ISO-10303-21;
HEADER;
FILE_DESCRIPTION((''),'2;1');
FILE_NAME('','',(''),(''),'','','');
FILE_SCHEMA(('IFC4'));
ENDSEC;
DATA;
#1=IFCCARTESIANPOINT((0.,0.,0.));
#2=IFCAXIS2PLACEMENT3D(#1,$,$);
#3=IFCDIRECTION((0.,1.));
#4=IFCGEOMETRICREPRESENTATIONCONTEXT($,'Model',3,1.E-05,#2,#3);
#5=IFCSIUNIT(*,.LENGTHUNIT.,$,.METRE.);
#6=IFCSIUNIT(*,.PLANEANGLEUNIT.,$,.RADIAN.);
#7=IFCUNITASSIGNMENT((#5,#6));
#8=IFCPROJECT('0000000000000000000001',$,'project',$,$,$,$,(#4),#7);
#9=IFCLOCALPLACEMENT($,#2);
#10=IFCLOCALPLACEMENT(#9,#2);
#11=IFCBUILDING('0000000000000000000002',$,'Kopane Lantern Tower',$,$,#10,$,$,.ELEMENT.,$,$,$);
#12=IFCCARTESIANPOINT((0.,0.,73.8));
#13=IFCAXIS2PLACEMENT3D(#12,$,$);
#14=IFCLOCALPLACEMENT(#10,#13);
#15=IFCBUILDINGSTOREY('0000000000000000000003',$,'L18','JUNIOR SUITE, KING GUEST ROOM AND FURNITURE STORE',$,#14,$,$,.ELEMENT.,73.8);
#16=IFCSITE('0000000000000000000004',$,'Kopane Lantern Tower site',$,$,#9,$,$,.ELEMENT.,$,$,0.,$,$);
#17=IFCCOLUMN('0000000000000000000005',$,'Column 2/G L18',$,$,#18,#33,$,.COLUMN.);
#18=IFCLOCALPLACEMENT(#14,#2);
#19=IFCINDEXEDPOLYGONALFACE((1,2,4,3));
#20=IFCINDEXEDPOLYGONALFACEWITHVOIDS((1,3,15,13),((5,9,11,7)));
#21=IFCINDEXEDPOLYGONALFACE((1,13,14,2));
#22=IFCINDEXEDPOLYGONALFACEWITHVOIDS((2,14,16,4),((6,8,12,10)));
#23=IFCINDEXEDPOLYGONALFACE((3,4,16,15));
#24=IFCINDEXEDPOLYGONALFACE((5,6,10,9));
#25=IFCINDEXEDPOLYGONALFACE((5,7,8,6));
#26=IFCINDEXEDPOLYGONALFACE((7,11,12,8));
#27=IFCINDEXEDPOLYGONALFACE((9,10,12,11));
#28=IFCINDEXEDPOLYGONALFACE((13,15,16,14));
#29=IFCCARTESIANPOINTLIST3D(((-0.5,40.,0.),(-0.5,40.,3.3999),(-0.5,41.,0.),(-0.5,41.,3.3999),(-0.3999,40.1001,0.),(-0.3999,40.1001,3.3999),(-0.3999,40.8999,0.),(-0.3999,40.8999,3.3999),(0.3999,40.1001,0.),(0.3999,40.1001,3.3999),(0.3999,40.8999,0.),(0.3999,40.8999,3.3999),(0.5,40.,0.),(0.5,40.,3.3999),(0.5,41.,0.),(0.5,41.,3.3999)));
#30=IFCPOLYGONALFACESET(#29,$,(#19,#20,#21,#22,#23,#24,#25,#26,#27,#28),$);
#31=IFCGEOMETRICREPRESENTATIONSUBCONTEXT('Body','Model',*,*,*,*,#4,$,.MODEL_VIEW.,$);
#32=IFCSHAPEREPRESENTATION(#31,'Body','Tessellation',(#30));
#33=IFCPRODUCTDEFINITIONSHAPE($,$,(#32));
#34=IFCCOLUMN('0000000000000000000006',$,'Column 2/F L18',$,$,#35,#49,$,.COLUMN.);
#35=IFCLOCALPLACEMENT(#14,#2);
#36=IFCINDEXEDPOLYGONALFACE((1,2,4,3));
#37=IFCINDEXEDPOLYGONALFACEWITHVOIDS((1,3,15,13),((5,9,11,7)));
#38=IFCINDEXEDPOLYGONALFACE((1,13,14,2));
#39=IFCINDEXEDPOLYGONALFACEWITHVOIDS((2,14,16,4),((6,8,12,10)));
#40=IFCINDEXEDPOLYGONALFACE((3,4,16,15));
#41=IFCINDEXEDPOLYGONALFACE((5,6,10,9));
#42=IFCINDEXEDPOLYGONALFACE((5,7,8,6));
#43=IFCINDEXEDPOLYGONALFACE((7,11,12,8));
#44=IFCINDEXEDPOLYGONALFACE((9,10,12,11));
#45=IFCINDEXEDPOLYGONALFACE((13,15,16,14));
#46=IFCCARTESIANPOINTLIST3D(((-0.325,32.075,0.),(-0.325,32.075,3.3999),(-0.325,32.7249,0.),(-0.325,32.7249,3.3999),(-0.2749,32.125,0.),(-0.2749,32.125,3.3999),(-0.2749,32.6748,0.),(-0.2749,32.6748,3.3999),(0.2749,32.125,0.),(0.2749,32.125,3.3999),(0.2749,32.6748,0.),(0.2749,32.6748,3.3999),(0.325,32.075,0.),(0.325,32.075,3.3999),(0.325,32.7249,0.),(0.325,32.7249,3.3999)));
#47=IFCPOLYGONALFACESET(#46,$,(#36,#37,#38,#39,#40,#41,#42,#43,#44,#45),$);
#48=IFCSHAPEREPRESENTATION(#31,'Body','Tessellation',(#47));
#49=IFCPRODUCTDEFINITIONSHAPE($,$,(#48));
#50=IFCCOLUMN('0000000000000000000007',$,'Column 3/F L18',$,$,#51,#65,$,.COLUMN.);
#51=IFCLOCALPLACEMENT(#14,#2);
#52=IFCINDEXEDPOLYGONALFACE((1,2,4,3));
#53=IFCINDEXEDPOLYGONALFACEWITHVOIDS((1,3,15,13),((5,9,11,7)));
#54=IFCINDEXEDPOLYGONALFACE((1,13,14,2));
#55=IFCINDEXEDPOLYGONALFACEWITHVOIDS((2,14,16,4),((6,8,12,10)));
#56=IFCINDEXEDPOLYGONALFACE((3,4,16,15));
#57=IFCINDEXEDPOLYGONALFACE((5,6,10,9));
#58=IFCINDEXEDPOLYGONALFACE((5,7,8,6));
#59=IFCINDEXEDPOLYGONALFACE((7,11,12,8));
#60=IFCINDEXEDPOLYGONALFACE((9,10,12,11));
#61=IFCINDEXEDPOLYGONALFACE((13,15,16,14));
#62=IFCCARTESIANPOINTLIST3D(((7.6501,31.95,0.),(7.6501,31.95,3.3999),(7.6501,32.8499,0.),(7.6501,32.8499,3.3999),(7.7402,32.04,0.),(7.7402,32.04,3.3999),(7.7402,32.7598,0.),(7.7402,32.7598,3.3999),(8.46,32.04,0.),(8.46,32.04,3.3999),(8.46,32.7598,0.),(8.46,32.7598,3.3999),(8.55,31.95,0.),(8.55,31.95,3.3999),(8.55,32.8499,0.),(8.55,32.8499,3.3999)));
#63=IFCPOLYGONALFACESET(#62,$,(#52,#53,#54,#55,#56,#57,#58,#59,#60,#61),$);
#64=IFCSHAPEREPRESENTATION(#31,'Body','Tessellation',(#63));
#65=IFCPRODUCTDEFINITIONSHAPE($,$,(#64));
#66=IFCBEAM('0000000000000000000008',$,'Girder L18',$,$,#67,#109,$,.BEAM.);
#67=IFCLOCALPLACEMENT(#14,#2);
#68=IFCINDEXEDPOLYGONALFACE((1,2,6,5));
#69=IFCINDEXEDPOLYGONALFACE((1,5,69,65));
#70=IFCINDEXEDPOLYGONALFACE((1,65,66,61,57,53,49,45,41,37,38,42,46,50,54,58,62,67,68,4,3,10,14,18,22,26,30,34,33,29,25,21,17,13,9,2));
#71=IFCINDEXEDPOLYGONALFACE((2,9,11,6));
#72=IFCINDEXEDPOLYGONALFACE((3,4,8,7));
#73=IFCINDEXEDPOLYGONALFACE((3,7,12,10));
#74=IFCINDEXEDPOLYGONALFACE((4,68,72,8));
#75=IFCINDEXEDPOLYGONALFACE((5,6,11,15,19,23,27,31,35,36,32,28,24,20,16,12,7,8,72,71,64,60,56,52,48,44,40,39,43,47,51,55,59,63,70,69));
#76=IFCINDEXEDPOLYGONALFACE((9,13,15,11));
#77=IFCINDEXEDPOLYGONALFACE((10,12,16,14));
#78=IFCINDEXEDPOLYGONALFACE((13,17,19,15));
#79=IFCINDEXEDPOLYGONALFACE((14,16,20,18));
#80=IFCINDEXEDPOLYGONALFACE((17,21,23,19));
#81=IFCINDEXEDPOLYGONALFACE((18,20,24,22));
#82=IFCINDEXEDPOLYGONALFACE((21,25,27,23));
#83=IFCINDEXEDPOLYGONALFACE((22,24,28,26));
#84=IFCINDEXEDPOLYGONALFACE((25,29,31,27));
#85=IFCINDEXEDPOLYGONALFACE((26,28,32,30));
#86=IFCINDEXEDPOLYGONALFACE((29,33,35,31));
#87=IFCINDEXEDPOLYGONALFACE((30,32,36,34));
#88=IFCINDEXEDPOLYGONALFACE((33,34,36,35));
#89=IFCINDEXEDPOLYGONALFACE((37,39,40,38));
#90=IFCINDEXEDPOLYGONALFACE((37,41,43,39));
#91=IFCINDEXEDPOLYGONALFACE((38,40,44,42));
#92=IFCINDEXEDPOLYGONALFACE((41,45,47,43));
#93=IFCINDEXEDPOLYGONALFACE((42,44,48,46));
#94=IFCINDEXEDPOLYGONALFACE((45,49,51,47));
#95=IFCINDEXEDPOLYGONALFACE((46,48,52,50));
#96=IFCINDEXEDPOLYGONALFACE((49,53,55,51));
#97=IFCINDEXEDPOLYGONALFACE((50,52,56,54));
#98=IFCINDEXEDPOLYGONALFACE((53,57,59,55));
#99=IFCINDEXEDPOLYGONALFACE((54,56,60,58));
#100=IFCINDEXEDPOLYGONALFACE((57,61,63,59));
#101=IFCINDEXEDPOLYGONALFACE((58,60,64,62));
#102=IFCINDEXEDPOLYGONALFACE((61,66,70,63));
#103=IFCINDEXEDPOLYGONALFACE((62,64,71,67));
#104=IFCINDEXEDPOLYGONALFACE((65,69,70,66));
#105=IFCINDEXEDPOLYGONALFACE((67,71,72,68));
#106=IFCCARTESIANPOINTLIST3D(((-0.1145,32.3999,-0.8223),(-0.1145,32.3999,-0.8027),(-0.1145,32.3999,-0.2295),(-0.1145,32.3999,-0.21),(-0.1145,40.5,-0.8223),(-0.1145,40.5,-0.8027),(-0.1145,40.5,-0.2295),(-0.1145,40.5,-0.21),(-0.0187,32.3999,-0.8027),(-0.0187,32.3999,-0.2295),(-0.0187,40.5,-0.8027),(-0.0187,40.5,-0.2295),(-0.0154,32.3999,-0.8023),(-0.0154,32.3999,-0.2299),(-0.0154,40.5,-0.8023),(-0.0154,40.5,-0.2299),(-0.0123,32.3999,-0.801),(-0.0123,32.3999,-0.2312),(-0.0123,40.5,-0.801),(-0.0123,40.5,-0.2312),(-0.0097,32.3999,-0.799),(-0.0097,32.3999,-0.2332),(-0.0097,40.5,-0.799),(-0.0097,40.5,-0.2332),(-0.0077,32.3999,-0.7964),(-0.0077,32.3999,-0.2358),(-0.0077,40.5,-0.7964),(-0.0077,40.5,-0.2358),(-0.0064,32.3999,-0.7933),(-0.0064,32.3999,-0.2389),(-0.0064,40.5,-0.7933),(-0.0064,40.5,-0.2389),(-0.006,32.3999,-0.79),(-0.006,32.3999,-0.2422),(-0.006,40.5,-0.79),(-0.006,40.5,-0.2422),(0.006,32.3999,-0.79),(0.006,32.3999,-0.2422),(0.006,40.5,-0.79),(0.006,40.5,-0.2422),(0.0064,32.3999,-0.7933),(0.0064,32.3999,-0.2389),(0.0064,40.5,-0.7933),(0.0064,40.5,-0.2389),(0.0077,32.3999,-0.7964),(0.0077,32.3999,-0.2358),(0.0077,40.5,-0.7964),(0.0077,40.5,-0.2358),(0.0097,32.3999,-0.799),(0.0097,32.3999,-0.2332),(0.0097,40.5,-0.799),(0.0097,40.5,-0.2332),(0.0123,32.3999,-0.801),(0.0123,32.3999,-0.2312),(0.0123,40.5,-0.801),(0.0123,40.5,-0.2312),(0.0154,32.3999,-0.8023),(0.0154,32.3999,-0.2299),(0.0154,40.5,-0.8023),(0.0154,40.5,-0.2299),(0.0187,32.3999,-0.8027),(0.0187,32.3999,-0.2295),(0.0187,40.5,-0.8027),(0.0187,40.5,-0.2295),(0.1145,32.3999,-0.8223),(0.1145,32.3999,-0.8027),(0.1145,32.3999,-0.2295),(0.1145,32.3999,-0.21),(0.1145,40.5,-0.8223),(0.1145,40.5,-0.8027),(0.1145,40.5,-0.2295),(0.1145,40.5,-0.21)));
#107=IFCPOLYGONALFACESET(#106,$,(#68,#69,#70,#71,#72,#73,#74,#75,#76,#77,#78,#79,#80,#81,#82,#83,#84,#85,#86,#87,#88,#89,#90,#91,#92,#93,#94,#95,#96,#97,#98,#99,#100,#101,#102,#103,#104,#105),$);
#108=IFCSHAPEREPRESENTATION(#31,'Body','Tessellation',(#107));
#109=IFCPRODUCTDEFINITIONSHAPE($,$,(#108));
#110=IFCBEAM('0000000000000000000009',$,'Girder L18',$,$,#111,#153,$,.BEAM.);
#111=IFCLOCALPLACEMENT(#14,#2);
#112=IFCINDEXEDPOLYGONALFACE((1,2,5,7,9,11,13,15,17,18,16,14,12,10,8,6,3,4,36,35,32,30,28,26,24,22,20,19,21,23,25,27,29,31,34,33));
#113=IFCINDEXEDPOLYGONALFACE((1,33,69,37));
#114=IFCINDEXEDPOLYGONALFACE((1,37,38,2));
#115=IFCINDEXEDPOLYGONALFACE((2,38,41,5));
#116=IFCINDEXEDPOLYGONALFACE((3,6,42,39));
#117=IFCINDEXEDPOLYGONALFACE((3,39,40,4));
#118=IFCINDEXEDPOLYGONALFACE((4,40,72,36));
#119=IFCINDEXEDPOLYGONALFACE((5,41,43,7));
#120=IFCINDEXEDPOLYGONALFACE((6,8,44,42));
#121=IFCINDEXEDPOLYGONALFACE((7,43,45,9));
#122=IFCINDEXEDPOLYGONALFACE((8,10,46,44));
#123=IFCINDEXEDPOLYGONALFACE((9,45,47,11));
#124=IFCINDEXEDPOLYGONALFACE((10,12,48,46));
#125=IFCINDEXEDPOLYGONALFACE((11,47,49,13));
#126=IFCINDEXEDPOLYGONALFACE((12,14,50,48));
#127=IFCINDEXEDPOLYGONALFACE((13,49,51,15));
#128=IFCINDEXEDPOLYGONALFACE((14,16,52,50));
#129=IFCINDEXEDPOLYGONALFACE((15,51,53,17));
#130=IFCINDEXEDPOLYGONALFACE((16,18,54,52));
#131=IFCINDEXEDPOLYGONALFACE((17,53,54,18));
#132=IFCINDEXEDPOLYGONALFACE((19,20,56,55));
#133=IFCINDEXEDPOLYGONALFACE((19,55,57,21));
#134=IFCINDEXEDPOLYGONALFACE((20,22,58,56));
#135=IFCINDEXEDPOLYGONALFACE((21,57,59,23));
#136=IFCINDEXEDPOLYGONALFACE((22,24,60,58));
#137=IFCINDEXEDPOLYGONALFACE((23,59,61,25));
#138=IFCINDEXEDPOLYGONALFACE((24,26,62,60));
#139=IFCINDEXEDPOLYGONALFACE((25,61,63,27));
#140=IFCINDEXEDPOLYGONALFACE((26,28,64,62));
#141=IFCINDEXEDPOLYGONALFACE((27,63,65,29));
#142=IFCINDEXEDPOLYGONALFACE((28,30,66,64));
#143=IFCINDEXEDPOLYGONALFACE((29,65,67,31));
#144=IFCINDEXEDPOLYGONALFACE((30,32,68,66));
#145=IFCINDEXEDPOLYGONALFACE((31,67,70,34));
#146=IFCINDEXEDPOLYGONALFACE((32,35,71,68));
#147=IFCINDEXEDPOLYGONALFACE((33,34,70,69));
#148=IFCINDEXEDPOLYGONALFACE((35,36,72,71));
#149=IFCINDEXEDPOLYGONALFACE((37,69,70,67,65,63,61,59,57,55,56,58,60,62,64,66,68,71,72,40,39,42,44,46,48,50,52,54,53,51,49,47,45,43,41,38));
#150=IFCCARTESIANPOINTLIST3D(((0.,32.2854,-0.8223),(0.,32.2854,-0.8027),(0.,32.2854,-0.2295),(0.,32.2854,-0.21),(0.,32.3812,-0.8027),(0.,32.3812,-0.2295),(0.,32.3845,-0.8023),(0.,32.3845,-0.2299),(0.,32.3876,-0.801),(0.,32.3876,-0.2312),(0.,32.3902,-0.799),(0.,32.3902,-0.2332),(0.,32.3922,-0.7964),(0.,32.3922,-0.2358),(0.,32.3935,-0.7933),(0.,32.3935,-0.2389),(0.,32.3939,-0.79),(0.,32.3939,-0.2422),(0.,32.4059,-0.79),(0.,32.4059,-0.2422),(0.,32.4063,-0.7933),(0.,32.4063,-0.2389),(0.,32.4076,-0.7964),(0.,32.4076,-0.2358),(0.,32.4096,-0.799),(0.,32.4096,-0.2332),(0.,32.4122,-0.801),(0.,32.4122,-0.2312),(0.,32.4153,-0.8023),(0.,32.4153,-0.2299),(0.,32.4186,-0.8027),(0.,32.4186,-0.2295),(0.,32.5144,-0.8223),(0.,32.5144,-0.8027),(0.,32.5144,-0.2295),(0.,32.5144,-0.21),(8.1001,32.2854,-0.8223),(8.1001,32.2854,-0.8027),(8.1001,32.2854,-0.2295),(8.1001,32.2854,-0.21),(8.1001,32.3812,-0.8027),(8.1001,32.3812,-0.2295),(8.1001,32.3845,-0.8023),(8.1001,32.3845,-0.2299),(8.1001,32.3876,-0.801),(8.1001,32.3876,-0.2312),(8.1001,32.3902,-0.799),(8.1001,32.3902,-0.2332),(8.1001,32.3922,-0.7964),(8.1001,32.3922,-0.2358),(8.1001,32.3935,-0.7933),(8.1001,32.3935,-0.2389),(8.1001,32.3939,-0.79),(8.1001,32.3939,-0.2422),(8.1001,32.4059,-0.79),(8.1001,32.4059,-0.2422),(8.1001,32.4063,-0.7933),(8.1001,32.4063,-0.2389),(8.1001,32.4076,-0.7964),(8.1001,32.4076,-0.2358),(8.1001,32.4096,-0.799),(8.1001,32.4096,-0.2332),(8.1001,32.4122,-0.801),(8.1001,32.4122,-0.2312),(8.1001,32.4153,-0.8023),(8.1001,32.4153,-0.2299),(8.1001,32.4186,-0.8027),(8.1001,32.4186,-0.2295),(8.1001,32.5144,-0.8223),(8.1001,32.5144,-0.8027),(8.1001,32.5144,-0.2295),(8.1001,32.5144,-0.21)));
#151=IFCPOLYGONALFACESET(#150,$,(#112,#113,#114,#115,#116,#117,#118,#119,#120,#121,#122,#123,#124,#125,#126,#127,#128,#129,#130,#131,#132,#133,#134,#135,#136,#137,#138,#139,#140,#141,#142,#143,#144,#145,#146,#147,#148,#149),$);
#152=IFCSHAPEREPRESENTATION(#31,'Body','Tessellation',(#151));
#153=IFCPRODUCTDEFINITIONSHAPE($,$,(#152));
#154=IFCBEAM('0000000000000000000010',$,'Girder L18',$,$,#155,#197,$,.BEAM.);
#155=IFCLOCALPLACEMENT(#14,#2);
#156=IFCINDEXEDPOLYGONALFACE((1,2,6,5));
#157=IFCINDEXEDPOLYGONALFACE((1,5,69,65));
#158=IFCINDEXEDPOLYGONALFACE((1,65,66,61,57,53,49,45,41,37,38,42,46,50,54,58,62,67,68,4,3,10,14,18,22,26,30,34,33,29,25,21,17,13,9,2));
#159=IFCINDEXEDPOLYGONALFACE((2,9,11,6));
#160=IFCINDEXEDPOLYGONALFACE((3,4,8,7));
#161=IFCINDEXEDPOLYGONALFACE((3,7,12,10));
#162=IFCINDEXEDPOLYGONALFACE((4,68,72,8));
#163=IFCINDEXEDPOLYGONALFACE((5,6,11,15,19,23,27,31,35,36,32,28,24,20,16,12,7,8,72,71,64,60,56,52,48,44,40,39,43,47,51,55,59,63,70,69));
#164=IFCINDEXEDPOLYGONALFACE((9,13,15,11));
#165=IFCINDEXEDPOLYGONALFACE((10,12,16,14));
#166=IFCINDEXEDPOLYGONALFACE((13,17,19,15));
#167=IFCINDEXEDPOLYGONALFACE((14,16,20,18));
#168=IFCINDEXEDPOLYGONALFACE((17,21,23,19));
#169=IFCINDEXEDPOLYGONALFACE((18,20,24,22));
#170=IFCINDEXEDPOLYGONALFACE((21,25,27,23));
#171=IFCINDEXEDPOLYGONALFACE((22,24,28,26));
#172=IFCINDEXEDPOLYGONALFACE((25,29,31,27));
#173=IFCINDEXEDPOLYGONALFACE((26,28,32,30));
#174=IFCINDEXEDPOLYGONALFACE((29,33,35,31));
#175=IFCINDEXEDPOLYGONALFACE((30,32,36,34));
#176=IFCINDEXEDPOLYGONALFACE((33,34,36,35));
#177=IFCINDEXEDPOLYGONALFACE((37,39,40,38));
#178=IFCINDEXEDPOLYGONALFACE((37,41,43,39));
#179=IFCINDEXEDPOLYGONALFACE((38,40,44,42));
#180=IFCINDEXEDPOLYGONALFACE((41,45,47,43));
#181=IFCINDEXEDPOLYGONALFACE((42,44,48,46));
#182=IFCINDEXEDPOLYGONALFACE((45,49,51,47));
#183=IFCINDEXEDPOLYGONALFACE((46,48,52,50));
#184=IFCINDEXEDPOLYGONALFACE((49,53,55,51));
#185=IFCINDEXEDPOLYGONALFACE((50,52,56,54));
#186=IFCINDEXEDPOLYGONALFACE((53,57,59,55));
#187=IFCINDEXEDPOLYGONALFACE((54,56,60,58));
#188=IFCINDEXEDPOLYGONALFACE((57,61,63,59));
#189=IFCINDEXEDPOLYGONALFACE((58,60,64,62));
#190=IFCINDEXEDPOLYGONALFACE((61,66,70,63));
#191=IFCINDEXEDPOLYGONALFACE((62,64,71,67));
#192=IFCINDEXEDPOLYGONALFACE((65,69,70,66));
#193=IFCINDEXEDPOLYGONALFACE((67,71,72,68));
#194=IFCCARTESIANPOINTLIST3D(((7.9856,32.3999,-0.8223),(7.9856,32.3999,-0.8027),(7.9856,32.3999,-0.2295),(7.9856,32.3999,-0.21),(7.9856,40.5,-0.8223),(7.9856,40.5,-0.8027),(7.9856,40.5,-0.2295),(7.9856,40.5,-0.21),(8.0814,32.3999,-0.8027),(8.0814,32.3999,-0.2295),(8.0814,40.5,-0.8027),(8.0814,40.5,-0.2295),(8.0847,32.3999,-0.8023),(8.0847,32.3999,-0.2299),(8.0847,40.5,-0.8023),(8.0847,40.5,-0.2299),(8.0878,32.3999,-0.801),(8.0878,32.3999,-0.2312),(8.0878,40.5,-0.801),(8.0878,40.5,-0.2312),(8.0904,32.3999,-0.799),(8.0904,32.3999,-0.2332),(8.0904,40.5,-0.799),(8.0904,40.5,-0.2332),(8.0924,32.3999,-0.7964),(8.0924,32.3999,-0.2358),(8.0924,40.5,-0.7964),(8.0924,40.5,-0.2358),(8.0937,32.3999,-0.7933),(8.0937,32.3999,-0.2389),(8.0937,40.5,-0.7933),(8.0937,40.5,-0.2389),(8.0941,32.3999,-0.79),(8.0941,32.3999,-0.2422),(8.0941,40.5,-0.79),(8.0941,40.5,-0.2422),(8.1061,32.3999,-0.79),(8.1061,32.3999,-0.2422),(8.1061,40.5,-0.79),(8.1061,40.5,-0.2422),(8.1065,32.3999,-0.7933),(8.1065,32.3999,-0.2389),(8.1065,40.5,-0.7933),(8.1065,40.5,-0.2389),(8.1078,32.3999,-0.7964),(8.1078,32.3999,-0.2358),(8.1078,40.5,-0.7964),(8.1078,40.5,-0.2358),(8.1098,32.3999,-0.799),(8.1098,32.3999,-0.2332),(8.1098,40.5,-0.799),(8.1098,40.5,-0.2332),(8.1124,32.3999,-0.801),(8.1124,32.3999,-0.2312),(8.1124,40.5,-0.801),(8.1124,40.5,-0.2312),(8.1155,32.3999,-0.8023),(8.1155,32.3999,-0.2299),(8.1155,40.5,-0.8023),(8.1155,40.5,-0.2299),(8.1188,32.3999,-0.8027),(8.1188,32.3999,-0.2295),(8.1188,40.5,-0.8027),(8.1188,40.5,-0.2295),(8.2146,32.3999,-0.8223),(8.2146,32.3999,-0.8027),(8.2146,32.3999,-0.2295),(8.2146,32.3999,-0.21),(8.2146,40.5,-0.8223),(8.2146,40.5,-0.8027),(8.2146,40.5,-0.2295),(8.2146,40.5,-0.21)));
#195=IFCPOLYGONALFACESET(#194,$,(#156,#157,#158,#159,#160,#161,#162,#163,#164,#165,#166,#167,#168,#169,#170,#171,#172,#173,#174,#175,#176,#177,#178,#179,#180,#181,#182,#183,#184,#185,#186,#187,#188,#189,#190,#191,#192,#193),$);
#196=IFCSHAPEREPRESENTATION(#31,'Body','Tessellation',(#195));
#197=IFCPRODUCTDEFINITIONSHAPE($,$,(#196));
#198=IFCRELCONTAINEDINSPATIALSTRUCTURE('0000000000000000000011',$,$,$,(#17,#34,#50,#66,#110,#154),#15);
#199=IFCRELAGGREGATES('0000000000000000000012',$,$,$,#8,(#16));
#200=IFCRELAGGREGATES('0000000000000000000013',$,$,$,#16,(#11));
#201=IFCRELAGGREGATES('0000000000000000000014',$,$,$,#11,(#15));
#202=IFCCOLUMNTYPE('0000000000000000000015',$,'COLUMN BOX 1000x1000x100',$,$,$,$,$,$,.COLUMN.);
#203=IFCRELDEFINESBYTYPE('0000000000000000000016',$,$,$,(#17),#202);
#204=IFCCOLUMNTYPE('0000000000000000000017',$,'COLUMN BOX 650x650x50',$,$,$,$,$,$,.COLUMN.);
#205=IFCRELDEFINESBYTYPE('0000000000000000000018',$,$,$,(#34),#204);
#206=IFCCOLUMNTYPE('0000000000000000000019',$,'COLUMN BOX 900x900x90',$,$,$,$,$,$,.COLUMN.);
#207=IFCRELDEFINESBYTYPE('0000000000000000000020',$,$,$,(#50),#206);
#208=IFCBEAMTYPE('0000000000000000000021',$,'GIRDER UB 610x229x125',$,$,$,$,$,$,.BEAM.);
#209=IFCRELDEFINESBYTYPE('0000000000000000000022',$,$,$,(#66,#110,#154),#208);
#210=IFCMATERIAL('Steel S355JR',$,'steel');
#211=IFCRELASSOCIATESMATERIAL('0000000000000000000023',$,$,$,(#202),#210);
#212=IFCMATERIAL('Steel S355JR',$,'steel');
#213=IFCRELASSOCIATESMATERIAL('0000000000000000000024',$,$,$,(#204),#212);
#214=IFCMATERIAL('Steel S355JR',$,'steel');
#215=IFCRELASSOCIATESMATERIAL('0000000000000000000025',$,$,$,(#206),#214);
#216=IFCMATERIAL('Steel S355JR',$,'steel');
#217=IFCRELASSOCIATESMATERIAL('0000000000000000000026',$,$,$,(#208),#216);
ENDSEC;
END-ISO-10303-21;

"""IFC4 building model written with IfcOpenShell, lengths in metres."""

from ifc_helpers import new_model, si_unit, direction, frame, origin, origin_2d, place, context, subcontext, project, spatial, hollow_rectangle, i_section, extrude, material, material_profile, profile_set, type_object, element, save


model = new_model("IFC4")

# Units and contexts
model_context = context("Model", 3, precision=1e-05, world=origin(), true_north=direction((0.0, 1.0)))
body_context = subcontext(model_context, "Body", "Model", "MODEL_VIEW")
ifc_project = project(units=[si_unit("LENGTHUNIT", "METRE"), si_unit("PLANEANGLEUNIT", "RADIAN")], contexts=[model_context])

# Site, building, storey
site_placement = place(None, origin())
site = spatial("IfcSite", under=ifc_project, at=site_placement, Name="Kopane Lantern Tower site", CompositionType="ELEMENT", RefElevation=0.0)
building_placement = place(site_placement, origin())
building = spatial("IfcBuilding", under=site, at=building_placement, Name="Kopane Lantern Tower", CompositionType="ELEMENT")
storey_placement = place(building_placement, frame((0.0, 0.0, 73.8)))
storey = spatial("IfcBuildingStorey", under=building, at=storey_placement, Name="L18", Description="JUNIOR SUITE, KING GUEST ROOM AND FURNITURE STORE", CompositionType="ELEMENT", Elevation=73.8)

# Columns
ifc_material_1 = material(Name="Steel S355JR", Category="steel")
ifc_material_profile_1 = material_profile(ifc_material_1, hollow_rectangle(XDim=1.0, YDim=1.0, WallThickness=0.1001, at=origin_2d()), Name="BOX 1000x1000x100")
ifc_profile_set_1 = profile_set([ifc_material_profile_1], Name="Steel S355JR")
column_type_1 = type_object("IfcColumnType", Name="COLUMN BOX 1000x1000x100", PredefinedType="COLUMN", material=ifc_profile_set_1)
column_1_placement = place(storey_placement, frame((0.0, 40.5, 0.0), z_axis=(0.0, 0.0, 1.0), x_axis=(1.0, 0.0, 0.0)))
element("IfcColumn", 1, at=column_1_placement, inside=storey, type_object=column_type_1, Name="Column 2/G L18", PredefinedType="COLUMN", context=body_context, shape_type="SweptSolid", body=[
    extrude(hollow_rectangle(XDim=1.0, YDim=1.0, WallThickness=0.1001, at=origin_2d()), origin(), (0.0, 0.0, 1.0), 3.3999),
])
ifc_material_2 = material(Name="Steel S355JR", Category="steel")
ifc_material_profile_2 = material_profile(ifc_material_2, hollow_rectangle(XDim=0.6499, YDim=0.6499, WallThickness=0.05, at=origin_2d()), Name="BOX 650x650x50")
ifc_profile_set_2 = profile_set([ifc_material_profile_2], Name="Steel S355JR")
column_type_2 = type_object("IfcColumnType", Name="COLUMN BOX 650x650x50", PredefinedType="COLUMN", material=ifc_profile_set_2)
column_2_placement = place(storey_placement, frame((0.0, 32.3999, 0.0), z_axis=(0.0, 0.0, 1.0), x_axis=(1.0, 0.0, 0.0)))
element("IfcColumn", 2, at=column_2_placement, inside=storey, type_object=column_type_2, Name="Column 2/F L18", PredefinedType="COLUMN", context=body_context, shape_type="SweptSolid", body=[
    extrude(hollow_rectangle(XDim=0.6499, YDim=0.6499, WallThickness=0.05, at=origin_2d()), origin(), (0.0, 0.0, 1.0), 3.3999),
])
ifc_material_3 = material(Name="Steel S355JR", Category="steel")
ifc_material_profile_3 = material_profile(ifc_material_3, hollow_rectangle(XDim=0.8999, YDim=0.8999, WallThickness=0.0901, at=origin_2d()), Name="BOX 900x900x90")
ifc_profile_set_3 = profile_set([ifc_material_profile_3], Name="Steel S355JR")
column_type_3 = type_object("IfcColumnType", Name="COLUMN BOX 900x900x90", PredefinedType="COLUMN", material=ifc_profile_set_3)
column_3_placement = place(storey_placement, frame((8.1001, 32.3999, 0.0), z_axis=(0.0, 0.0, 1.0), x_axis=(1.0, 0.0, 0.0)))
element("IfcColumn", 3, at=column_3_placement, inside=storey, type_object=column_type_3, Name="Column 3/F L18", PredefinedType="COLUMN", context=body_context, shape_type="SweptSolid", body=[
    extrude(hollow_rectangle(XDim=0.8999, YDim=0.8999, WallThickness=0.0901, at=origin_2d()), origin(), (0.0, 0.0, 1.0), 3.3999),
])

# Beams
ifc_material_4 = material(Name="Steel S355JR", Category="steel")
ifc_material_profile_4 = material_profile(ifc_material_4, i_section(OverallWidth=0.229, OverallDepth=0.6123, WebThickness=0.012, FlangeThickness=0.0195, FilletRadius=0.0127, at=origin_2d()), Name="UB 610x229x125")
ifc_profile_set_4 = profile_set([ifc_material_profile_4], Name="Steel S355JR")
beam_type = type_object("IfcBeamType", Name="GIRDER UB 610x229x125", PredefinedType="BEAM", material=ifc_profile_set_4)
for number, where, z_axis, x_axis, name in (
    (4, (0.0, 32.3999, -0.5161), (0.0, 1.0, 0.0), (-1.0, 0.0, 0.0), "Girder L18"),
    (5, (0.0, 32.3999, -0.5161), (1.0, 0.0, 0.0), (0.0, 1.0, 0.0), "Girder L18"),
    (6, (8.1001, 32.3999, -0.5161), (0.0, 1.0, 0.0), (-1.0, 0.0, 0.0), "Girder L18"),
):
    element("IfcBeam", number, at=place(storey_placement, frame(where, z_axis=z_axis, x_axis=x_axis)), inside=storey, type_object=beam_type, Name=name, PredefinedType="BEAM", context=body_context, shape_type="SweptSolid", body=[
        extrude(i_section(OverallWidth=0.229, OverallDepth=0.6123, WebThickness=0.012, FlangeThickness=0.0195, FilletRadius=0.0127, at=origin_2d()), origin(), (0.0, 0.0, 1.0), 8.1001),
    ])

save(model, "model.ifc")
